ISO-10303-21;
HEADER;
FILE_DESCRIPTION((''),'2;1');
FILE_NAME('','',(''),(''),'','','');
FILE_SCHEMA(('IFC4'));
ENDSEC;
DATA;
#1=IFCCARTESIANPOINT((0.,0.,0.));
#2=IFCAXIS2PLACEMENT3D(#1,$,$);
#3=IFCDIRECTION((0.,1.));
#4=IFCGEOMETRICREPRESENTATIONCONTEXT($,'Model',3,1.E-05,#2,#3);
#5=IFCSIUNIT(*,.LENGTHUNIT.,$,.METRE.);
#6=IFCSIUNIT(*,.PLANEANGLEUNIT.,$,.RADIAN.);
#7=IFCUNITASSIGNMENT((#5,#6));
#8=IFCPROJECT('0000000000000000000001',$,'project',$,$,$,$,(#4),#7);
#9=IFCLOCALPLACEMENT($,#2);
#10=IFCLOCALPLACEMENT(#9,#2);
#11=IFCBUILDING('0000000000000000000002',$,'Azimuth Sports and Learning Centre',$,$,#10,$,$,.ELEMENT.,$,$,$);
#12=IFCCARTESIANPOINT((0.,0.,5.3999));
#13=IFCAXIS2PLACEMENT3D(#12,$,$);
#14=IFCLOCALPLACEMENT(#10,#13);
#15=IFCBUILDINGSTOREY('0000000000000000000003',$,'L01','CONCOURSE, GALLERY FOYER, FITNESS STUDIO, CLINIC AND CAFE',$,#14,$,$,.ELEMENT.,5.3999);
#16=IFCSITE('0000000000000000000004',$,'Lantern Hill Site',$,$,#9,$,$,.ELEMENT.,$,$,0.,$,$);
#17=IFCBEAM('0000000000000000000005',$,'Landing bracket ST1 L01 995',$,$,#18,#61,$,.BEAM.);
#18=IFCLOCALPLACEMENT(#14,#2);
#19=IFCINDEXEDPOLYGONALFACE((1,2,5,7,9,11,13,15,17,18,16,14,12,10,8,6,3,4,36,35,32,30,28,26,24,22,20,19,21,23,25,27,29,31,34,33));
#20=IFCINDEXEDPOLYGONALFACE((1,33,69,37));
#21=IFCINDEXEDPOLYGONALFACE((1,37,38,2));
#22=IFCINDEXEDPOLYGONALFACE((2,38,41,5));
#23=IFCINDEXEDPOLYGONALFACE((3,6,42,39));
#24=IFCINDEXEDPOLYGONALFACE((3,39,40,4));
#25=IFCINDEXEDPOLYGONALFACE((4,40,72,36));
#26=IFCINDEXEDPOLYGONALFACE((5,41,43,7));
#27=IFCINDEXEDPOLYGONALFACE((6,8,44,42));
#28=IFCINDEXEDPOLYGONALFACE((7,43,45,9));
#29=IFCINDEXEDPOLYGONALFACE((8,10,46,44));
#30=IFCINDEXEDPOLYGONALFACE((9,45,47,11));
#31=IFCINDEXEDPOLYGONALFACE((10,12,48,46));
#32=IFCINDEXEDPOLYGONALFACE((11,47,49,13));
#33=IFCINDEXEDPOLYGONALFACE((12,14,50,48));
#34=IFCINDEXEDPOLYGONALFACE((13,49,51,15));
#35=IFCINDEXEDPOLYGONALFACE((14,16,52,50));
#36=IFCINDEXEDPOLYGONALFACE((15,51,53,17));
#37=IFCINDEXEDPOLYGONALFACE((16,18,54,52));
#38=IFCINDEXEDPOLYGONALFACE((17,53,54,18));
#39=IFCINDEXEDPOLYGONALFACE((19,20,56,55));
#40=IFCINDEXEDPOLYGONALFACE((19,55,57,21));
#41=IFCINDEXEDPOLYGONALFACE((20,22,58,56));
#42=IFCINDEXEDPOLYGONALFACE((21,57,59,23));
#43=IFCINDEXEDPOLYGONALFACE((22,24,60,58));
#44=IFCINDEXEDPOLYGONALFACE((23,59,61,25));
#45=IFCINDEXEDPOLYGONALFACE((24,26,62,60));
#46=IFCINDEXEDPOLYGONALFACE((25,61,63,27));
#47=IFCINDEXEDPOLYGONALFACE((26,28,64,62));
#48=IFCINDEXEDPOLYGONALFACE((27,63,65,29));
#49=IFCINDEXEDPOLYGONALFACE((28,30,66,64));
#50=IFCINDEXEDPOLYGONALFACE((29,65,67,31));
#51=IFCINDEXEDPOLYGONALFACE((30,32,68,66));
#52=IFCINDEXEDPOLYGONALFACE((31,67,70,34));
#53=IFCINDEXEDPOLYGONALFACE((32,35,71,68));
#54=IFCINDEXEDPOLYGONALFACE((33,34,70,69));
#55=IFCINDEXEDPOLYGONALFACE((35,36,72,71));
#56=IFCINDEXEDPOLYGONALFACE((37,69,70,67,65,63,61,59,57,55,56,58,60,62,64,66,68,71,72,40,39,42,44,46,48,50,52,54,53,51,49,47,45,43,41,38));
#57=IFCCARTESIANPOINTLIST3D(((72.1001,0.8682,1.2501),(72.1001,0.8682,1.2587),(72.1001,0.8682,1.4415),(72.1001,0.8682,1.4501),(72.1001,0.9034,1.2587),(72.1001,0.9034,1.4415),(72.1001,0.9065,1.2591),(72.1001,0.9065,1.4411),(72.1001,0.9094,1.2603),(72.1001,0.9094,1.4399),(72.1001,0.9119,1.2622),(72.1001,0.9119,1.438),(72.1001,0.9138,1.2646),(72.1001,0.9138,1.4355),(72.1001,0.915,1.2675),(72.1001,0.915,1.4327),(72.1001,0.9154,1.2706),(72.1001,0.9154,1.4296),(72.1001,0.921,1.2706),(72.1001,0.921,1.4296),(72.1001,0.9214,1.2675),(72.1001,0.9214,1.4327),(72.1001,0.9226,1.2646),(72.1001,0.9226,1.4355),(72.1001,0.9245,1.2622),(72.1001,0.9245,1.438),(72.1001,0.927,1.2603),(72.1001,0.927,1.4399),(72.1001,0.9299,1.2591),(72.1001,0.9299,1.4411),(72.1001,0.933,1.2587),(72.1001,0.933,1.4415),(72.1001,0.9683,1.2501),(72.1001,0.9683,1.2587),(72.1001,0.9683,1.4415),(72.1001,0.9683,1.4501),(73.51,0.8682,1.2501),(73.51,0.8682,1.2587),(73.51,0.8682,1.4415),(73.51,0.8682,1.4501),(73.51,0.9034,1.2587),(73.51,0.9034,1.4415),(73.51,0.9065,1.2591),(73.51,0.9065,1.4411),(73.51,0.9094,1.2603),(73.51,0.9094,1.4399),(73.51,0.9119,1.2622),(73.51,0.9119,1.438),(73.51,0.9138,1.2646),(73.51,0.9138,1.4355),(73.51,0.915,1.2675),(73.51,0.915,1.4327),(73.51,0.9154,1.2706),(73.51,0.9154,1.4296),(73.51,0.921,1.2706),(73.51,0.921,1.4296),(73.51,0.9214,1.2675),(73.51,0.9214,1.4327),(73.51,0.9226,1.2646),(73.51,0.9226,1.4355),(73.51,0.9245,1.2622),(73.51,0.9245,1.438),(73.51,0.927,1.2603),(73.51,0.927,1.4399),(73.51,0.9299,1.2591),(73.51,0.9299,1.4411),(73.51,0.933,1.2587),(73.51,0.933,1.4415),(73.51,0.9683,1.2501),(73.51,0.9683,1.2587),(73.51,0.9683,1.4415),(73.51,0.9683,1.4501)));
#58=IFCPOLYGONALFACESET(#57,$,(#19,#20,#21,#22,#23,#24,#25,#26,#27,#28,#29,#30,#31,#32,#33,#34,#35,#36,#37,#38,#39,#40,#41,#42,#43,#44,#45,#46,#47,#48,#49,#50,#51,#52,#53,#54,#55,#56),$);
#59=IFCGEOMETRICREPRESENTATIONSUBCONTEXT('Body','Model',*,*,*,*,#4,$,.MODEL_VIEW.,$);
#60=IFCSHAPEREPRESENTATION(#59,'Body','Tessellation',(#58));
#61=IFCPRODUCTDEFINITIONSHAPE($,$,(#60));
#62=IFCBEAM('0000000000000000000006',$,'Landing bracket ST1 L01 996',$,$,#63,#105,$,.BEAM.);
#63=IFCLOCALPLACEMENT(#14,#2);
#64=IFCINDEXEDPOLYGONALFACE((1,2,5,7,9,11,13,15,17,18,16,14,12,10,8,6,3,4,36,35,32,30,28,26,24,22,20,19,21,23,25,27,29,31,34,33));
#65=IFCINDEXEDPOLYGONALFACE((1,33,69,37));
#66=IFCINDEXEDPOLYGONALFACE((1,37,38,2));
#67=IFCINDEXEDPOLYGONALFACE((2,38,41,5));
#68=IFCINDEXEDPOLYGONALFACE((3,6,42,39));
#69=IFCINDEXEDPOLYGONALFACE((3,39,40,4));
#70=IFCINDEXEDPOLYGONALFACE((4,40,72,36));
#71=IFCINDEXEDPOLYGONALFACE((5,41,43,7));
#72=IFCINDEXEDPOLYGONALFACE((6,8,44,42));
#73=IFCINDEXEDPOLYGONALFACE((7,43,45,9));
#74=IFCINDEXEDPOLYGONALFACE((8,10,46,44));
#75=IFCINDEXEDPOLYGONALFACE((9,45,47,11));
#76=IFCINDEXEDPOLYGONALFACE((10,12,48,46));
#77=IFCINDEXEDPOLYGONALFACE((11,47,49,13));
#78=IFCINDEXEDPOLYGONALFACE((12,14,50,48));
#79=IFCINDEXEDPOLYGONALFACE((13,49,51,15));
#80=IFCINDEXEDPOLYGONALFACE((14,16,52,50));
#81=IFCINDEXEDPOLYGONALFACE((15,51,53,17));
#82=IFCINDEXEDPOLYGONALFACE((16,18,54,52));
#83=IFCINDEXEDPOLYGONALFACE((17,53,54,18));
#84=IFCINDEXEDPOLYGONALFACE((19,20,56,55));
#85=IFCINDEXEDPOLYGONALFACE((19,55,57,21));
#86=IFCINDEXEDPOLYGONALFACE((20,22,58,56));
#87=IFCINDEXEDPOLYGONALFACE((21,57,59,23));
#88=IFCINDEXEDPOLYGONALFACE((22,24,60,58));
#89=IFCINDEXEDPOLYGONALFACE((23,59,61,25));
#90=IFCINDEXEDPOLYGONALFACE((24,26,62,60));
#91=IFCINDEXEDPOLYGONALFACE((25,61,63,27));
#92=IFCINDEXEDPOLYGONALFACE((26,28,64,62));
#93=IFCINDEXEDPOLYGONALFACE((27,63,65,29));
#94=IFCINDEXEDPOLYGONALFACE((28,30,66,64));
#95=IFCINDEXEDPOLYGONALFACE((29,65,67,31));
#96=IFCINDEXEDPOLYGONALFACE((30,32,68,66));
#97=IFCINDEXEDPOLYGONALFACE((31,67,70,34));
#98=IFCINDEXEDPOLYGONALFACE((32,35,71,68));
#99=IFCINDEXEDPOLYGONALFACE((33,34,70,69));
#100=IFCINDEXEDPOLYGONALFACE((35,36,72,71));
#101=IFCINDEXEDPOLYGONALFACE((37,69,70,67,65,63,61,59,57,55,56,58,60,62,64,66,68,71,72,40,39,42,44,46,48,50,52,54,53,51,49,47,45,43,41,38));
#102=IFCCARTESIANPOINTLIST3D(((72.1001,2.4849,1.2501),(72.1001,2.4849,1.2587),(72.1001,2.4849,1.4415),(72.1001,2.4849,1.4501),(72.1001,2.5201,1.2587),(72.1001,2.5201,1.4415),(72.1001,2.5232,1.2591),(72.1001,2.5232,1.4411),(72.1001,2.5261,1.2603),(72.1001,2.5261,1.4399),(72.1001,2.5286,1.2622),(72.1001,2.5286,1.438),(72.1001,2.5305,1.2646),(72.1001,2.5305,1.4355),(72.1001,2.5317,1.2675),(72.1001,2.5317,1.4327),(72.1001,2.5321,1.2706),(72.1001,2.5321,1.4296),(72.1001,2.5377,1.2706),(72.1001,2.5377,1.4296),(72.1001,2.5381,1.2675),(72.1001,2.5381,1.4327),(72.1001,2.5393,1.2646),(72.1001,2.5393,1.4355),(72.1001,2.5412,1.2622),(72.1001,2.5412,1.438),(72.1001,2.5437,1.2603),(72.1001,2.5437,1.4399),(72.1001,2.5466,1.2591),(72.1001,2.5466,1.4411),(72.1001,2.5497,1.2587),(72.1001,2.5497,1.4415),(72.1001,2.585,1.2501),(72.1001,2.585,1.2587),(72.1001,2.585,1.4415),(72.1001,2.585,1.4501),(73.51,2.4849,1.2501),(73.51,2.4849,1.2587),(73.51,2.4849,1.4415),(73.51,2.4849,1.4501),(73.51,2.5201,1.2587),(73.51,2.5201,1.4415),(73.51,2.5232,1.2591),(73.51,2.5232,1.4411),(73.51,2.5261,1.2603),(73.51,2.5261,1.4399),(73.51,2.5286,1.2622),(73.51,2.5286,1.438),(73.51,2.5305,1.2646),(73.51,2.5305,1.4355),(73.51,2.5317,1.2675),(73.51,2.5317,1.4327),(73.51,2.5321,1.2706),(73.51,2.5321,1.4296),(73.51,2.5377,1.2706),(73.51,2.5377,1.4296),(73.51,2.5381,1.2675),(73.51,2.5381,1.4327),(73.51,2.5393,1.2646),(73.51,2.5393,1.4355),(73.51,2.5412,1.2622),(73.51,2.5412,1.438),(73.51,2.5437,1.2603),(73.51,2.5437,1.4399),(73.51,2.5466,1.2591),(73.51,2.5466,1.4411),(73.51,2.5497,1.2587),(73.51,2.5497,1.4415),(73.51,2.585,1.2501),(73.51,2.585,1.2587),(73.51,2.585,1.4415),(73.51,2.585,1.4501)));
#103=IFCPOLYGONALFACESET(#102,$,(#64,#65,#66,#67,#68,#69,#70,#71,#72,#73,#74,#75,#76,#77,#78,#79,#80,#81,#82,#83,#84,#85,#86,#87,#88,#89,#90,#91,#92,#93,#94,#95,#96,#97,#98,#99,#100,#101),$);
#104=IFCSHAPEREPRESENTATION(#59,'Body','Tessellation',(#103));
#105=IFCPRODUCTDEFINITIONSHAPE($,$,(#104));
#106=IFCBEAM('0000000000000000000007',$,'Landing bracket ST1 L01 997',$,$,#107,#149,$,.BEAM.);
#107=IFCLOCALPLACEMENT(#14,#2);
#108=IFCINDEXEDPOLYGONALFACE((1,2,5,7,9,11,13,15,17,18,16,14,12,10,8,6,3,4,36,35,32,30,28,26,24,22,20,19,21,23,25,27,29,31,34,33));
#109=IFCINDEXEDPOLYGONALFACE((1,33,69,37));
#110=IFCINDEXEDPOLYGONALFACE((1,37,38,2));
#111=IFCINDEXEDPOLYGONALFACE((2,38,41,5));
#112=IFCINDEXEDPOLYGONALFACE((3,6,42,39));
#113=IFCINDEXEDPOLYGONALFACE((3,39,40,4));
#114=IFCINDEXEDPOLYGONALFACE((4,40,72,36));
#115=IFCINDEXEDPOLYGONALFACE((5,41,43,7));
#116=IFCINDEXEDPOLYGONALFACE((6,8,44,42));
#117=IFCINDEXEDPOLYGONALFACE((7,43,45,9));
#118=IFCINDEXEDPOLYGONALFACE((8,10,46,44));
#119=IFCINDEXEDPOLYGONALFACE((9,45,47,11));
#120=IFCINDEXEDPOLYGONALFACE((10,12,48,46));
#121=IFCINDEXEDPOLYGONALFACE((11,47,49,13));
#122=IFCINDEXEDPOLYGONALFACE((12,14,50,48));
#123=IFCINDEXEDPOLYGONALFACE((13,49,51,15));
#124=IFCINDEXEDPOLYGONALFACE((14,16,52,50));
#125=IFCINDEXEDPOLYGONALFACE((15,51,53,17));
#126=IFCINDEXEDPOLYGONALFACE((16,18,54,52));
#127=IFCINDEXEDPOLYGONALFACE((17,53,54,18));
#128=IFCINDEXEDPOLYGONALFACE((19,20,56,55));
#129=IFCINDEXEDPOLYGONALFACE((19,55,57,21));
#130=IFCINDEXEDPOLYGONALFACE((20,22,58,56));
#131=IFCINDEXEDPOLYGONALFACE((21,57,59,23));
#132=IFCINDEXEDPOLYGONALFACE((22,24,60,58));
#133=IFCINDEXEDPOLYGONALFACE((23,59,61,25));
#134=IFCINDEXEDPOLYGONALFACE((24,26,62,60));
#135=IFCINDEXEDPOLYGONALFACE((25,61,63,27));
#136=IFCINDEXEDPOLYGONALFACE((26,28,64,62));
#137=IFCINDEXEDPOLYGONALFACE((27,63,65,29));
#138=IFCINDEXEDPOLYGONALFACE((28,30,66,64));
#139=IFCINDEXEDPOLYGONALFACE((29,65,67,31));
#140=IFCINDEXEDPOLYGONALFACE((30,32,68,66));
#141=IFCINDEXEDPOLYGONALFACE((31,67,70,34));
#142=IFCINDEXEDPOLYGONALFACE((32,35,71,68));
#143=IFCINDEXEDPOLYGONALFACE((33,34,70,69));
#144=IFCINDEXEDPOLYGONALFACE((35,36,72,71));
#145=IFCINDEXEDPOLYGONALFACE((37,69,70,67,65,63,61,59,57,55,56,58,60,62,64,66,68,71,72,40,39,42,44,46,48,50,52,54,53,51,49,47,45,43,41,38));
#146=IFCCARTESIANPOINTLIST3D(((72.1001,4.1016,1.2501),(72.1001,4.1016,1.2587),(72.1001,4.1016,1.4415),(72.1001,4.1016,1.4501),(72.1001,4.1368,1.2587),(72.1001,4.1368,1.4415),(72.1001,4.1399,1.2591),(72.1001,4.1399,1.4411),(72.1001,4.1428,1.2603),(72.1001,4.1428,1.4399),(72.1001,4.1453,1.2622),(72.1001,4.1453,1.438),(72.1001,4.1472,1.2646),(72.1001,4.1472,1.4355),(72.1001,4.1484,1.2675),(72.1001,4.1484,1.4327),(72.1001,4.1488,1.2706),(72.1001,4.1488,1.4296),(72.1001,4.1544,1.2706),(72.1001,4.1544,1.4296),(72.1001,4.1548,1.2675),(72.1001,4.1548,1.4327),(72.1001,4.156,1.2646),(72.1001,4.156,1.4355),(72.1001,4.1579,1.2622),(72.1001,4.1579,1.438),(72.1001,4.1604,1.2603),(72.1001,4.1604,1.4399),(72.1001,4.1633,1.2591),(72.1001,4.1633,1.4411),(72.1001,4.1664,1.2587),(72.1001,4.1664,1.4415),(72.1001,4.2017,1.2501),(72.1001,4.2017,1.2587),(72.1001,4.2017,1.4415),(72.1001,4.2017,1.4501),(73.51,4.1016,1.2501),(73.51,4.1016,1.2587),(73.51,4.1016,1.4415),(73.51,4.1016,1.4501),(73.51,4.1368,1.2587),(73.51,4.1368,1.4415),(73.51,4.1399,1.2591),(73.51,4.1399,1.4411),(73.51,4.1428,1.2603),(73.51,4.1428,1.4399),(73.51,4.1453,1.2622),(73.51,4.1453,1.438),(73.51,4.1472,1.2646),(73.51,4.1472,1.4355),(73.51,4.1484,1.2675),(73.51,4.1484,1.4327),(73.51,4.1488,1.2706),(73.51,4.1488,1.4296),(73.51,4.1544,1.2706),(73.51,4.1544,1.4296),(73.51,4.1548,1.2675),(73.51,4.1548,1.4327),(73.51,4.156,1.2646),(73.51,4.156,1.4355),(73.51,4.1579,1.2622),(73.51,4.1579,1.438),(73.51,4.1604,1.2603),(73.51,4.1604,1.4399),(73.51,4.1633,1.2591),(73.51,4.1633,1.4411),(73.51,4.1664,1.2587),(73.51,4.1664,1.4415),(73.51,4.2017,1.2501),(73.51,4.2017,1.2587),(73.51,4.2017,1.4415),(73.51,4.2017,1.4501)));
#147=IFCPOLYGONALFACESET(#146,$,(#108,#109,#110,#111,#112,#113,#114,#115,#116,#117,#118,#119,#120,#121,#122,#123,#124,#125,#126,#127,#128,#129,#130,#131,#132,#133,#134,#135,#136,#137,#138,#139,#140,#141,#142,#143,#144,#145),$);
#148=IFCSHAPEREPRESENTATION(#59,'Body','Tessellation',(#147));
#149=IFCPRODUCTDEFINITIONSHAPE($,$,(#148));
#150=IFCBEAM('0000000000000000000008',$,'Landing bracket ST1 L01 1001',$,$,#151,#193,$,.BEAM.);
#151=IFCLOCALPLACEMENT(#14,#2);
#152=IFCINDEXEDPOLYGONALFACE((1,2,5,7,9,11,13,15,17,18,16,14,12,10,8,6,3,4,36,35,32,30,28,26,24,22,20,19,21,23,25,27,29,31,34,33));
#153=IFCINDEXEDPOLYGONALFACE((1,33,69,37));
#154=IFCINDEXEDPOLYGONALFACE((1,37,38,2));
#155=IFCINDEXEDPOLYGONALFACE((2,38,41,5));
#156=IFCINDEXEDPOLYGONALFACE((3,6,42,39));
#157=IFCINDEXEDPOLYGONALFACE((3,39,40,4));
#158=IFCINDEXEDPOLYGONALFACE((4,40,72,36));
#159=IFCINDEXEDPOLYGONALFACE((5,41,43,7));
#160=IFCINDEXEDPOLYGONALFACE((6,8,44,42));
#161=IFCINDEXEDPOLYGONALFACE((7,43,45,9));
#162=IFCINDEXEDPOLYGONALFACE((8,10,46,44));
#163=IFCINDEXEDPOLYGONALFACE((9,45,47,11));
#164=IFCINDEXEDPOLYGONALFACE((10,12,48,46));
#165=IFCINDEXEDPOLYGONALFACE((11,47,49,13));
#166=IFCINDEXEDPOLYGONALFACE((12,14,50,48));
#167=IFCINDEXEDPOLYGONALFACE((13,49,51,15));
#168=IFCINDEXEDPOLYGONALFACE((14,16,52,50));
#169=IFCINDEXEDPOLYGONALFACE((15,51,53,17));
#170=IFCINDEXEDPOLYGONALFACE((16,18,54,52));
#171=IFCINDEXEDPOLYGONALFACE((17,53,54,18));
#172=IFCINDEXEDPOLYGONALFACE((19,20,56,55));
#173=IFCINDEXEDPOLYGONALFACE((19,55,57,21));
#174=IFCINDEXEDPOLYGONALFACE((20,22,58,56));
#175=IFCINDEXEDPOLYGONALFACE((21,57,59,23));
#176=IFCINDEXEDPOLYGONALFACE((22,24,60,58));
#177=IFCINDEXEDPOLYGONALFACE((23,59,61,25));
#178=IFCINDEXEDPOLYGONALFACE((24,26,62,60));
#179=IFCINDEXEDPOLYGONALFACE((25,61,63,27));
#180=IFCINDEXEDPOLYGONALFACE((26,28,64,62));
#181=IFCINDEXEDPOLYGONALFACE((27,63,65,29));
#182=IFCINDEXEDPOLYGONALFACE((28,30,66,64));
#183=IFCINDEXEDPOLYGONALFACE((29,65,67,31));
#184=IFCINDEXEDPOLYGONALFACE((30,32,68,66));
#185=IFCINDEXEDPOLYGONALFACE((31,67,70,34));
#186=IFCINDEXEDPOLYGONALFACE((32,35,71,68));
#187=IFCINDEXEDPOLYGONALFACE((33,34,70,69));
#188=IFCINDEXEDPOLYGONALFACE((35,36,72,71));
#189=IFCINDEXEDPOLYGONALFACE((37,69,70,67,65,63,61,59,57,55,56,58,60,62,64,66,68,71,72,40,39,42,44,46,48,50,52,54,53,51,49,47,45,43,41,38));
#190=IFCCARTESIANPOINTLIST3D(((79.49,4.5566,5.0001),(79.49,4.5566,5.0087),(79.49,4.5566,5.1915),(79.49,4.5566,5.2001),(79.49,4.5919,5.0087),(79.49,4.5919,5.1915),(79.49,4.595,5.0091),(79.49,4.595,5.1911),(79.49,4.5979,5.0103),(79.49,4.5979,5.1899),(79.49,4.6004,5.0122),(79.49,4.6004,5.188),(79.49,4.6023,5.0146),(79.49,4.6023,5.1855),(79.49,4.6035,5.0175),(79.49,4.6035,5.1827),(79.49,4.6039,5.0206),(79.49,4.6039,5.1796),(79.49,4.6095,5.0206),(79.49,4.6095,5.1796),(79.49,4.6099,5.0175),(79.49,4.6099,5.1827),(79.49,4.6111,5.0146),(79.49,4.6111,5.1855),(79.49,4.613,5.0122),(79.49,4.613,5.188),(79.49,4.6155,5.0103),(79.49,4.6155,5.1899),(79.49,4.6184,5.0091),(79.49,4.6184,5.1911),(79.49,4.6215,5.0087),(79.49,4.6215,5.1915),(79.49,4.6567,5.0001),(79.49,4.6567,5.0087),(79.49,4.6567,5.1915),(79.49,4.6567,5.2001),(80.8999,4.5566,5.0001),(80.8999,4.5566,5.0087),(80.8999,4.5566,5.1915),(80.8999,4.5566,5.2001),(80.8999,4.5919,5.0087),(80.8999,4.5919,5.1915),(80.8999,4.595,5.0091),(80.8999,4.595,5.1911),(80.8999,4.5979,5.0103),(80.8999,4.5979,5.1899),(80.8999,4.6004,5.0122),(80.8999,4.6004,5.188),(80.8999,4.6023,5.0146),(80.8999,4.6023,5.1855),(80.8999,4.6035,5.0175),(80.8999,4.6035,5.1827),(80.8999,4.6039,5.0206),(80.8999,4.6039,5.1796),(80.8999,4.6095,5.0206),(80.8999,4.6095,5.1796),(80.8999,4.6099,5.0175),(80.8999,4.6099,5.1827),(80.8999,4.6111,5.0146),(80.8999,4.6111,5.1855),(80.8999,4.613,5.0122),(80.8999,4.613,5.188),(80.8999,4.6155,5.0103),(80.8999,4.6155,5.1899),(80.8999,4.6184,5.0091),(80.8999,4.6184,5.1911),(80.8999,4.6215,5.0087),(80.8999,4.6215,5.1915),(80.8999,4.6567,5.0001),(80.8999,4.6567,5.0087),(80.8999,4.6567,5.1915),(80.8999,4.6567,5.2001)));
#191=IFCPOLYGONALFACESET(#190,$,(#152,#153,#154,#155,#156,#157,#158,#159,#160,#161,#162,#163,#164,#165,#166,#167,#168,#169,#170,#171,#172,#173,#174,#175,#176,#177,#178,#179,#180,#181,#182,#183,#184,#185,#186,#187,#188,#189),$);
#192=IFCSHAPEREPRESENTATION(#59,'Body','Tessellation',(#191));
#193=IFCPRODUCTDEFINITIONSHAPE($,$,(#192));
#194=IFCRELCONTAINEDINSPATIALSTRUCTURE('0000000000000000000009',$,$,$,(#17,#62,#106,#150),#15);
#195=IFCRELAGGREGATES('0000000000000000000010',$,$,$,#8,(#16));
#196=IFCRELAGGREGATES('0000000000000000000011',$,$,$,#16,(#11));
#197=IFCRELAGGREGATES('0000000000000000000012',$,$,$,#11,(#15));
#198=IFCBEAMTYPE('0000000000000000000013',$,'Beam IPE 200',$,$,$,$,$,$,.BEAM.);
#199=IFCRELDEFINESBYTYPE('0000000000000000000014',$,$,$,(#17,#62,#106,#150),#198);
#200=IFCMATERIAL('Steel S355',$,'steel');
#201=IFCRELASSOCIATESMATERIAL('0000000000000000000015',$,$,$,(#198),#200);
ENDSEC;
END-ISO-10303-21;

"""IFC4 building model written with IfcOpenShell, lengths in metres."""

from ifc_helpers import new_model, si_unit, direction, frame, origin, origin_2d, place, context, subcontext, project, spatial, i_section, extrude, material, material_profile, profile_set, type_object, element, save


model = new_model("IFC4")

# Units and contexts
model_context = context("Model", 3, precision=1e-05, world=origin(), true_north=direction((0.0, 1.0)))
body_context = subcontext(model_context, "Body", "Model", "MODEL_VIEW")
ifc_project = project(units=[si_unit("LENGTHUNIT", "METRE"), si_unit("PLANEANGLEUNIT", "RADIAN")], contexts=[model_context])

# Site, building, storey
site_placement = place(None, origin())
site = spatial("IfcSite", under=ifc_project, at=site_placement, Name="Lantern Hill Site", CompositionType="ELEMENT", RefElevation=0.0)
building_placement = place(site_placement, origin())
building = spatial("IfcBuilding", under=site, at=building_placement, Name="Azimuth Sports and Learning Centre", CompositionType="ELEMENT")
storey_placement = place(building_placement, frame((0.0, 0.0, 5.3999)))
storey = spatial("IfcBuildingStorey", under=building, at=storey_placement, Name="L01", Description="CONCOURSE, GALLERY FOYER, FITNESS STUDIO, CLINIC AND CAFE", CompositionType="ELEMENT", Elevation=5.3999)

# Beams
ifc_material_1 = material(Name="Steel S355", Category="steel")
ifc_material_profile_1 = material_profile(ifc_material_1, i_section(OverallWidth=0.1001, OverallDepth=0.2, WebThickness=0.0056, FlangeThickness=0.0085, FilletRadius=0.012, at=origin_2d()), Name="IPE 200")
ifc_profile_set_1 = profile_set([ifc_material_profile_1], Name="Steel S355")
beam_type = type_object("IfcBeamType", Name="Beam IPE 200", PredefinedType="BEAM", material=ifc_profile_set_1)
for number, where, z_axis, x_axis, name in (
    (1, (72.1001, 0.9182, 1.3501), (1.0, 0.0, 0.0), (0.0, 1.0, 0.0), "Landing bracket ST1 L01 995"),
    (2, (72.1001, 2.5349, 1.3501), (1.0, 0.0, 0.0), (0.0, 1.0, 0.0), "Landing bracket ST1 L01 996"),
    (3, (72.1001, 4.1516, 1.3501), (1.0, 0.0, 0.0), (0.0, 1.0, 0.0), "Landing bracket ST1 L01 997"),
    (4, (80.8999, 4.6067, 5.1001), (-1.0, 0.0, 0.0), (0.0, -1.0, 0.0), "Landing bracket ST1 L01 1001"),
):
    element("IfcBeam", number, at=place(storey_placement, frame(where, z_axis=z_axis, x_axis=x_axis)), inside=storey, type_object=beam_type, Name=name, PredefinedType="BEAM", context=body_context, shape_type="SweptSolid", body=[
        extrude(i_section(OverallWidth=0.1001, OverallDepth=0.2, WebThickness=0.0056, FlangeThickness=0.0085, FilletRadius=0.012, at=origin_2d()), origin(), (0.0, 0.0, 1.0), 1.4099),
    ])

save(model, "model.ifc")
